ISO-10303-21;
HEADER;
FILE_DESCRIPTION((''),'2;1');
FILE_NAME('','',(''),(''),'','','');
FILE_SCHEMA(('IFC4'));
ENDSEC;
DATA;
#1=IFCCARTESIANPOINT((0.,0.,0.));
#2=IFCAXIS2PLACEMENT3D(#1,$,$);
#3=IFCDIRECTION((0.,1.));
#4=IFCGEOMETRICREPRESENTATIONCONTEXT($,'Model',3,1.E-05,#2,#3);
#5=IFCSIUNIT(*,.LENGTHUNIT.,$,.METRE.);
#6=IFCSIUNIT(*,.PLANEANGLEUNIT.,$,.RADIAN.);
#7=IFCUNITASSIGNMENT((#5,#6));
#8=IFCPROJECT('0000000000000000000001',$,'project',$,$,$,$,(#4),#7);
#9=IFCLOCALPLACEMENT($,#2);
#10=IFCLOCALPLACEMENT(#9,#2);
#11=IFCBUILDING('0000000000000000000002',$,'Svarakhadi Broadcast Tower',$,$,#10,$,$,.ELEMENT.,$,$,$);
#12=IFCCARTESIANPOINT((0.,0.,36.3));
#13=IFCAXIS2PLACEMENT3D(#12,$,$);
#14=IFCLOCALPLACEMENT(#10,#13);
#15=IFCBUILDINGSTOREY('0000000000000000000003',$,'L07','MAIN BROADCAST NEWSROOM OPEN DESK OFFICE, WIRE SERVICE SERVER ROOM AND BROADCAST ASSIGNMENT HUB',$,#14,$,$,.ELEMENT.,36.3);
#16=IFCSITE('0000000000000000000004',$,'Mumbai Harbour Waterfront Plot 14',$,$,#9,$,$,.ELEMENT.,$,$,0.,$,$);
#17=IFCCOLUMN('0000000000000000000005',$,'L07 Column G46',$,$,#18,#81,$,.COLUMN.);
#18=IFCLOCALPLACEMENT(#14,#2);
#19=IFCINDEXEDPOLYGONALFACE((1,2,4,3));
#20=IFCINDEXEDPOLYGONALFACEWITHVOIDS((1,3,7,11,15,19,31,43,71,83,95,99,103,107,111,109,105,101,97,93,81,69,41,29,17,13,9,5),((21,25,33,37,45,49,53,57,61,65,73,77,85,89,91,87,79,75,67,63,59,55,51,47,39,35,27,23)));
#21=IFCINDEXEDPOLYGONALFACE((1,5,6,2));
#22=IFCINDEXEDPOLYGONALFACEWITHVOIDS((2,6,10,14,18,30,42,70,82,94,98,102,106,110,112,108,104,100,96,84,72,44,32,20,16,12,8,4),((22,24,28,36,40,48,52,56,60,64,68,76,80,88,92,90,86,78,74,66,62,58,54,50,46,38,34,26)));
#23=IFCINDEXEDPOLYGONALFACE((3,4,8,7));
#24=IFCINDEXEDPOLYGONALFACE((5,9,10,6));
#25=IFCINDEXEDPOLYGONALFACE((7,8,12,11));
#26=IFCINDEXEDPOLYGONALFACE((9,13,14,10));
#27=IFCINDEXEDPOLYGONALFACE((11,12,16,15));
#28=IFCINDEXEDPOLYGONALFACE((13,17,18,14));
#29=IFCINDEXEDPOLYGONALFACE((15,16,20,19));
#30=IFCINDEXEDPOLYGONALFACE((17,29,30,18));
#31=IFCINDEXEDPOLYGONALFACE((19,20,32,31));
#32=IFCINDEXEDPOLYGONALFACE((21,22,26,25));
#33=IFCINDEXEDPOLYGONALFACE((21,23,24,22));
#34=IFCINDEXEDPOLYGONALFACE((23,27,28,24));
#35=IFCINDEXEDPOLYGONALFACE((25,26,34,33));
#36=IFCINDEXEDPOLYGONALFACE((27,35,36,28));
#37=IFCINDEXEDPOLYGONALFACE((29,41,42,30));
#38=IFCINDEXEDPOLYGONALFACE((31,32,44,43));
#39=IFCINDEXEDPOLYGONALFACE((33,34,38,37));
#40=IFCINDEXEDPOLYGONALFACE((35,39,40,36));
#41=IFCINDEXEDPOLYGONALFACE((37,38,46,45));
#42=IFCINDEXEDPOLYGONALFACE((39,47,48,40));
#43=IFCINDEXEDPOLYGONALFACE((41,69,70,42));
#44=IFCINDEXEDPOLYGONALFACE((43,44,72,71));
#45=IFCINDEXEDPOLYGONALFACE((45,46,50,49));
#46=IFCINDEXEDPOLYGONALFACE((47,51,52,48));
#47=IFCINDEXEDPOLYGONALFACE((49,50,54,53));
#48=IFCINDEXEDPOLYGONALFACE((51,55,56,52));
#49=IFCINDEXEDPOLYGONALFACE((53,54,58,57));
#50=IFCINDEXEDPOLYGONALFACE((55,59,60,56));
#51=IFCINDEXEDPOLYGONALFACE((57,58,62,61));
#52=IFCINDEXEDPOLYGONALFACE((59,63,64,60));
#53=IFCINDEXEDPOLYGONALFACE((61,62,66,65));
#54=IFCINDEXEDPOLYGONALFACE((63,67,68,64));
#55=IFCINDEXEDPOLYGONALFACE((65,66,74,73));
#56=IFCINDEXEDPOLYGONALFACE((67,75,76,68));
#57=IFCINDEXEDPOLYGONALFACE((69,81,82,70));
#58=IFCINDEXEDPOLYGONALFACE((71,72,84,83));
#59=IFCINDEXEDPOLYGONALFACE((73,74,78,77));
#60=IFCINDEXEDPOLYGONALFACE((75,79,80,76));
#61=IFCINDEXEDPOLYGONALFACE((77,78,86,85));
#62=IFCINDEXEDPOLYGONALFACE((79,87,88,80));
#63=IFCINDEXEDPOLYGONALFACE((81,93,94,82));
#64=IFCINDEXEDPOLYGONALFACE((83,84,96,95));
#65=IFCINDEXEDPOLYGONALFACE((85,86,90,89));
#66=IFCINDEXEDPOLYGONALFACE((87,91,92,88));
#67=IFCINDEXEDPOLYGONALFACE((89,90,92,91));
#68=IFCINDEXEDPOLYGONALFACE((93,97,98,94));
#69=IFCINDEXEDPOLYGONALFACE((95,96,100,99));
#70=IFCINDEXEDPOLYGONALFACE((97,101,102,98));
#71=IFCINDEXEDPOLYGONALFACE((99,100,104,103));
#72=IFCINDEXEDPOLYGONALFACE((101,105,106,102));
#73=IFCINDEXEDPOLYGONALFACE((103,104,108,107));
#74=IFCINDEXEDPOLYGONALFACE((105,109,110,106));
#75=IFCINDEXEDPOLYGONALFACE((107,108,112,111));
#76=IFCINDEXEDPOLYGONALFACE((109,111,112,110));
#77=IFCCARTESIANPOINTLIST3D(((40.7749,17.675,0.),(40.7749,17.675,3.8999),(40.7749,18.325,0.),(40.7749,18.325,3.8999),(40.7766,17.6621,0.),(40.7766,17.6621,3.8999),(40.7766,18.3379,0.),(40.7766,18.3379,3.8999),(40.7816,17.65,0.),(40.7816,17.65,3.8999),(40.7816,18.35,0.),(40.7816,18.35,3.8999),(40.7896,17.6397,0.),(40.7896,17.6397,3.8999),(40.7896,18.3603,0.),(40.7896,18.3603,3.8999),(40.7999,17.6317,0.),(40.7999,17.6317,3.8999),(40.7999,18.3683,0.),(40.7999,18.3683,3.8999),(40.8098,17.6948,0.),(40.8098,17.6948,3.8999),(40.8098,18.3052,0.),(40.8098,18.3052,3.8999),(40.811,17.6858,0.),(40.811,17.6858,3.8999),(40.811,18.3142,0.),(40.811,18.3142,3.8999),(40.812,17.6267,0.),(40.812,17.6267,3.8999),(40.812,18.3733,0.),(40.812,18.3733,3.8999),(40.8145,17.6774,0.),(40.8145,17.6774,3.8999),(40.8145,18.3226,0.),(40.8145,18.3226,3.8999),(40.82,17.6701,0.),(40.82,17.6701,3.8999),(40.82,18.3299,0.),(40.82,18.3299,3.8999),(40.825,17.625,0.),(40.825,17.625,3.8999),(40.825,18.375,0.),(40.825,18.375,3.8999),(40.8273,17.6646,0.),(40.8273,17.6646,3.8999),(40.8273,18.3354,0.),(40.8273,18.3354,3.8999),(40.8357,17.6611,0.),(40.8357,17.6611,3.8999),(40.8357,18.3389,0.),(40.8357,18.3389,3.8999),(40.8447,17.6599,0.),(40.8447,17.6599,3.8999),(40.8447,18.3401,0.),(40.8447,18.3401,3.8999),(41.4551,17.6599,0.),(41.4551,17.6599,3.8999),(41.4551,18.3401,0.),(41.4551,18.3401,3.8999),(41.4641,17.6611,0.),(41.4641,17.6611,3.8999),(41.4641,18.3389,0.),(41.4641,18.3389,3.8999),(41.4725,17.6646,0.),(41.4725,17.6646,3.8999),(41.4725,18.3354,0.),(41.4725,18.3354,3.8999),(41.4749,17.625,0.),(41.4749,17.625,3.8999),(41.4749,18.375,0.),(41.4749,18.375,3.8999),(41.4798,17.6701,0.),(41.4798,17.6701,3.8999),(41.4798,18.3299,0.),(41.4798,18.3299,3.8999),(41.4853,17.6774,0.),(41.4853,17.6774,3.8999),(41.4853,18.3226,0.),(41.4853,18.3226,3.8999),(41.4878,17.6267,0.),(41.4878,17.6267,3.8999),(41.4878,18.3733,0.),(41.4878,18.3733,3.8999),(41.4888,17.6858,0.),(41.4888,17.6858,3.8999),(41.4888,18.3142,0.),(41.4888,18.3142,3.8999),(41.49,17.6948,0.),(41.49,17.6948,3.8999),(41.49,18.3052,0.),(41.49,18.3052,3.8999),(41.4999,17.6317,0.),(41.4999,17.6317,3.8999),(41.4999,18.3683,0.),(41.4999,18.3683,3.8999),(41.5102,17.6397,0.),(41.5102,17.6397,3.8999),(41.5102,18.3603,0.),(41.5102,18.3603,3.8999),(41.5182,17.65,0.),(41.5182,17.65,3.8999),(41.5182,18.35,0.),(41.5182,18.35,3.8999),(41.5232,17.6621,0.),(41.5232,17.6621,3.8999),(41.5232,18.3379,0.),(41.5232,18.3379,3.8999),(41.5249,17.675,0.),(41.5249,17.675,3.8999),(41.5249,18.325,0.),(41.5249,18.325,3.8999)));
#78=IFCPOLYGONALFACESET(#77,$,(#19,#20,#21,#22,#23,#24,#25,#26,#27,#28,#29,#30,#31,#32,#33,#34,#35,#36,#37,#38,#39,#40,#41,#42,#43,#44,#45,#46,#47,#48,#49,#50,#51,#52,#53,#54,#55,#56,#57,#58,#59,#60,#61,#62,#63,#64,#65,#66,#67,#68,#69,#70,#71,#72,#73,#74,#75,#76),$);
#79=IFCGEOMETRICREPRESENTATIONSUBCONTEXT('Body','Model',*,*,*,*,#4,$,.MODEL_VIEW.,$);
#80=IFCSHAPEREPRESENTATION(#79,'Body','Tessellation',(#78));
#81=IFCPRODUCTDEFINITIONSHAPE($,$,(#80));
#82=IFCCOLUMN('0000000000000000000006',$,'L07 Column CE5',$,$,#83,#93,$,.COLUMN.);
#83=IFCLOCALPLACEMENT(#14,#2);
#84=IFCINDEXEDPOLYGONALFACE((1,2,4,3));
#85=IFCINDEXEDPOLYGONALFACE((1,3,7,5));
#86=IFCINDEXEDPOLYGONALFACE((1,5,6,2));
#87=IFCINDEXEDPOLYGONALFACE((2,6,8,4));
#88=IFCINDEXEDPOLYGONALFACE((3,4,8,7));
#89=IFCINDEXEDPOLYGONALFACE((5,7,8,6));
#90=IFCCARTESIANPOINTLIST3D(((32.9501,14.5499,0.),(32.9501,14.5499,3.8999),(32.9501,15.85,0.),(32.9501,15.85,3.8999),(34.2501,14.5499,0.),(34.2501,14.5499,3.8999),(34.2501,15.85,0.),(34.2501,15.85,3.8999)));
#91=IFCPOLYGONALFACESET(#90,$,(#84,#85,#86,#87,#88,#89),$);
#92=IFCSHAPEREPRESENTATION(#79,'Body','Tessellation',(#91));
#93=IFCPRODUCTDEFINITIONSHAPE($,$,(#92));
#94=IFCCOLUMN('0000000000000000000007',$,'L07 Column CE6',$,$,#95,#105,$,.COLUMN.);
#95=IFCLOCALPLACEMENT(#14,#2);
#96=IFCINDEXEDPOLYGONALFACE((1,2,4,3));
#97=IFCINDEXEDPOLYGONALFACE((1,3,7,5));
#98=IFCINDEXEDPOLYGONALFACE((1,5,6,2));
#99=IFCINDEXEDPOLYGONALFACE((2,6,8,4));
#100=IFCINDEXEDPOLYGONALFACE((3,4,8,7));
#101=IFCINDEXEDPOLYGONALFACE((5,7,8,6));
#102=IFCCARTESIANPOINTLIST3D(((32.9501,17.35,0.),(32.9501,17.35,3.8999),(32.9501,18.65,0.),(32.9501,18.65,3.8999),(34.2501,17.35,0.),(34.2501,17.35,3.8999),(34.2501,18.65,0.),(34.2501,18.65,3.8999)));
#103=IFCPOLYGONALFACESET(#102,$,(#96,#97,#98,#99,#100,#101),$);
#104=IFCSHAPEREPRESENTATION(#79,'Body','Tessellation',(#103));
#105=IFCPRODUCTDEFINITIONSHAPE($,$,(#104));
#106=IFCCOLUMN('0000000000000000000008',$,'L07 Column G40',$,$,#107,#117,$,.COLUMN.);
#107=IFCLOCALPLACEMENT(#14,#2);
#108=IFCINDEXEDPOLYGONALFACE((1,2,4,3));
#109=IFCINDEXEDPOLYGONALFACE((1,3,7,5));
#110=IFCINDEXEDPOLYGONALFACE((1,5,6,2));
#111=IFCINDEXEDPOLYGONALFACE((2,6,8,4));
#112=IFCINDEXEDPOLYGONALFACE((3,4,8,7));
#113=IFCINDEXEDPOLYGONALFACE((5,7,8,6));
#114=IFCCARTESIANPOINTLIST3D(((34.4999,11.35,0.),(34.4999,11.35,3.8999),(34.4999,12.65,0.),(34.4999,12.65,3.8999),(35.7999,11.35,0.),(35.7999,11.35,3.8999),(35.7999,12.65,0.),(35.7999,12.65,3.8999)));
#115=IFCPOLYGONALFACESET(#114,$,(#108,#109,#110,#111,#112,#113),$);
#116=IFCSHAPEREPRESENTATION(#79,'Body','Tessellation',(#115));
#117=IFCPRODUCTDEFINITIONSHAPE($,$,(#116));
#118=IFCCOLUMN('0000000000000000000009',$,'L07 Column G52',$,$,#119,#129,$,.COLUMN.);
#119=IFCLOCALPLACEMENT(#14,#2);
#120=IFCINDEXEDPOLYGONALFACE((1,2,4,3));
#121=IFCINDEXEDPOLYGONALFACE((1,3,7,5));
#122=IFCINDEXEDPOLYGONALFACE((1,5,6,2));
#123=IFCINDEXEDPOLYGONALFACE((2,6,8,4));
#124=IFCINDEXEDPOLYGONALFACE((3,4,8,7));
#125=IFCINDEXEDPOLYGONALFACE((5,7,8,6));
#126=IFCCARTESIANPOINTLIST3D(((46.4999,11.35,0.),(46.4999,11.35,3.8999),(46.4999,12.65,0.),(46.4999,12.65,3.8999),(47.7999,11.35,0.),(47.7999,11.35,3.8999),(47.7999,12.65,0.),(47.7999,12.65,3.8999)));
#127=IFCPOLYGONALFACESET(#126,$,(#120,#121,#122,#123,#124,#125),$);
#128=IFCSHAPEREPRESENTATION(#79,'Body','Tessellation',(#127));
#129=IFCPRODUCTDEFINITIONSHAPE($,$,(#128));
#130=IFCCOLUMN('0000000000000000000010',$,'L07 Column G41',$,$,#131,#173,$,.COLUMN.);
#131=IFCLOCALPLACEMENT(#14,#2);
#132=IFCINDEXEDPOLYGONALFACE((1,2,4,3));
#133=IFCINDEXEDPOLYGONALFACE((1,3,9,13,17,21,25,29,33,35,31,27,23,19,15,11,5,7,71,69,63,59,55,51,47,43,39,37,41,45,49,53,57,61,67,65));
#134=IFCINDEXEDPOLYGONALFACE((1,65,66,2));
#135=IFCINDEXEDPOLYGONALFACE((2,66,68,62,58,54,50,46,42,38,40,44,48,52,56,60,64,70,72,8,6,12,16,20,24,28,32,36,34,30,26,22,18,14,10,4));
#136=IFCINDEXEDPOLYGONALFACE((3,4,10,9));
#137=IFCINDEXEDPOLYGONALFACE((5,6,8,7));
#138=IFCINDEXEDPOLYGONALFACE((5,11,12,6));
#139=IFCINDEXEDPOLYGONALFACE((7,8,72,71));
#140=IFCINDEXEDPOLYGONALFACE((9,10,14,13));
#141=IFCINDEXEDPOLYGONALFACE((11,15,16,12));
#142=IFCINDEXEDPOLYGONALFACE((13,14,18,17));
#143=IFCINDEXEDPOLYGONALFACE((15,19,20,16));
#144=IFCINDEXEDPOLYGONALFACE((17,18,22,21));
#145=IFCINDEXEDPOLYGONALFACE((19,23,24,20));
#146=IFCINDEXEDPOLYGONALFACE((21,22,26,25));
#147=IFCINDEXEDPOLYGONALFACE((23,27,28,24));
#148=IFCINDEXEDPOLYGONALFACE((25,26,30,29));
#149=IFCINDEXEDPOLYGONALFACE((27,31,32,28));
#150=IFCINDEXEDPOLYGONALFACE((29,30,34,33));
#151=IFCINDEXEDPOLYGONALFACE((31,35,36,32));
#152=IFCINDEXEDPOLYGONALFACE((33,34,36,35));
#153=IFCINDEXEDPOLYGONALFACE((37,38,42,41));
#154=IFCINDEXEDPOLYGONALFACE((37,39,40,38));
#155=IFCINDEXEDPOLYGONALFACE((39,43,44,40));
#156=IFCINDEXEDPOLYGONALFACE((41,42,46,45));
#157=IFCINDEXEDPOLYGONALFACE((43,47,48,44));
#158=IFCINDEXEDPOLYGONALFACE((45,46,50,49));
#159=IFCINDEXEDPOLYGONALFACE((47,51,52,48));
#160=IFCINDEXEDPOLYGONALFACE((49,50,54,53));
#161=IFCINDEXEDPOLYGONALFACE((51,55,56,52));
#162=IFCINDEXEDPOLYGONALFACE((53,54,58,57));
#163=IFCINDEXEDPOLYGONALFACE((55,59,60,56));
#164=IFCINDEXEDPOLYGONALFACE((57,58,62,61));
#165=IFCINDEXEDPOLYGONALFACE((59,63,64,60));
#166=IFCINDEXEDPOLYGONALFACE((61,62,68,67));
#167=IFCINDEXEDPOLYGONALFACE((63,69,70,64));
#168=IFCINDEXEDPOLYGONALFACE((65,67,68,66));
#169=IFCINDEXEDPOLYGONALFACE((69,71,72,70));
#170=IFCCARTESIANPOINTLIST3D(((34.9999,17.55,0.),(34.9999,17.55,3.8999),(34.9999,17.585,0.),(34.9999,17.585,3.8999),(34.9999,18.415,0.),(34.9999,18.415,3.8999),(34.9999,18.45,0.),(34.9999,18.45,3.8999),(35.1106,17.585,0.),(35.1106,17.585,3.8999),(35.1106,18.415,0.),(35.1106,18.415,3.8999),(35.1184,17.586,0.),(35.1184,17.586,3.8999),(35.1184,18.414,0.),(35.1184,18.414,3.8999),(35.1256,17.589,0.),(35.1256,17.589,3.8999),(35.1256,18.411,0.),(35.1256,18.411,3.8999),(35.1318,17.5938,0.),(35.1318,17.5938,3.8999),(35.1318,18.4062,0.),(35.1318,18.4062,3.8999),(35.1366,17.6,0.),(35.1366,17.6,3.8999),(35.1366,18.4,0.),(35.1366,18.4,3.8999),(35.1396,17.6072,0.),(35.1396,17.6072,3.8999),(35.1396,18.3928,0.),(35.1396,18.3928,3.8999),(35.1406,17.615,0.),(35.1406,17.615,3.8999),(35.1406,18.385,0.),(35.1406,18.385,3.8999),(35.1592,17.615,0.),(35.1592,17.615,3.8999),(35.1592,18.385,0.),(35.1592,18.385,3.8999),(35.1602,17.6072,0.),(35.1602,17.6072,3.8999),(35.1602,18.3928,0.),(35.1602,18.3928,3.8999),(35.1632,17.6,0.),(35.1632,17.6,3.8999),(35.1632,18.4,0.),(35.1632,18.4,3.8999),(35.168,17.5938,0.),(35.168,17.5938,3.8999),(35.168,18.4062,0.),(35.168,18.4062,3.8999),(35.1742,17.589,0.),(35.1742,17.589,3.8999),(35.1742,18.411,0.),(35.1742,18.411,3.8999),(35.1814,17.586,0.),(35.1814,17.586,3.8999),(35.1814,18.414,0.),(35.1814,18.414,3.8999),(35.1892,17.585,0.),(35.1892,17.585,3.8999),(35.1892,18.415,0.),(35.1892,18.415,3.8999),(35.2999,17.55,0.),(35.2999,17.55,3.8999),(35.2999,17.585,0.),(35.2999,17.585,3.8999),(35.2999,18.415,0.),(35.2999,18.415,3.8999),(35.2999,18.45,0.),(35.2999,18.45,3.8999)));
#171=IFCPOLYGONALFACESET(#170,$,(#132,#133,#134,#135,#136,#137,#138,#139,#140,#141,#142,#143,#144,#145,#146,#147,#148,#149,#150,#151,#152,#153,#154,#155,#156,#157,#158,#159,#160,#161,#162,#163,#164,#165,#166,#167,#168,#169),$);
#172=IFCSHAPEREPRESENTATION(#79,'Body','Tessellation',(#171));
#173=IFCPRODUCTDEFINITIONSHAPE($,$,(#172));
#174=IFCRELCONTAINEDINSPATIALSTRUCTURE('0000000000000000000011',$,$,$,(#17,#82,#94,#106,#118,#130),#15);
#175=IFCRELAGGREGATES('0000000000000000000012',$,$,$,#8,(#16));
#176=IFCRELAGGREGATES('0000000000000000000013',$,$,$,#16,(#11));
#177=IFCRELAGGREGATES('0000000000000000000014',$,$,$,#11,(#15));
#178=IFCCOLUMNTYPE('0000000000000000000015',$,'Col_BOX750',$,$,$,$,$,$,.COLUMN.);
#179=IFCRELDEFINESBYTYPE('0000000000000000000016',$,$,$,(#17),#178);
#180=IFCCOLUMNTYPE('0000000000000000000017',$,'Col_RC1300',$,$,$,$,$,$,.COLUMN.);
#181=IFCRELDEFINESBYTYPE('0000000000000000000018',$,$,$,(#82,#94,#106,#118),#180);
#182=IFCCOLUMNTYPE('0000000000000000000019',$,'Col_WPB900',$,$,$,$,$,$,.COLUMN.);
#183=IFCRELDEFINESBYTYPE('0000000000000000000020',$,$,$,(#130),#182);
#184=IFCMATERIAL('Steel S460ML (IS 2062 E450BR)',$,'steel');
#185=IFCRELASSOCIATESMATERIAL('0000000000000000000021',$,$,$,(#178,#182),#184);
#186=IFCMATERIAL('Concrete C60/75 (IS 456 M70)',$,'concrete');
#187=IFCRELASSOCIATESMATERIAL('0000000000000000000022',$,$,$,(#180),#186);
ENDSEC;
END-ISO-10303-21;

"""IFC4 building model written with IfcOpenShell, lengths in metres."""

from ifc_helpers import new_model, si_unit, direction, frame, origin, origin_2d, place, context, subcontext, project, spatial, rectangle, hollow_rectangle, i_section, extrude, material, material_profile, profile_set, type_object, element, save


model = new_model("IFC4")

# Units and contexts
model_context = context("Model", 3, precision=1e-05, world=origin(), true_north=direction((0.0, 1.0)))
body_context = subcontext(model_context, "Body", "Model", "MODEL_VIEW")
ifc_project = project(units=[si_unit("LENGTHUNIT", "METRE"), si_unit("PLANEANGLEUNIT", "RADIAN")], contexts=[model_context])

# Site, building, storey
site_placement = place(None, origin())
site = spatial("IfcSite", under=ifc_project, at=site_placement, Name="Mumbai Harbour Waterfront Plot 14", CompositionType="ELEMENT", RefElevation=0.0)
building_placement = place(site_placement, origin())
building = spatial("IfcBuilding", under=site, at=building_placement, Name="Svarakhadi Broadcast Tower", CompositionType="ELEMENT")
storey_placement = place(building_placement, frame((0.0, 0.0, 36.3)))
storey = spatial("IfcBuildingStorey", under=building, at=storey_placement, Name="L07", Description="MAIN BROADCAST NEWSROOM OPEN DESK OFFICE, WIRE SERVICE SERVER ROOM AND BROADCAST ASSIGNMENT HUB", CompositionType="ELEMENT", Elevation=36.3)

# Columns
ifc_material_1 = material(Name="Steel S460ML (IS 2062 E450BR)", Category="steel")
ifc_material_profile_1 = material_profile(ifc_material_1, hollow_rectangle(XDim=0.75, YDim=0.75, WallThickness=0.0349, InnerFilletRadius=0.0349, OuterFilletRadius=0.05, at=origin_2d()), Name="BOX 750x750x35")
ifc_profile_set_1 = profile_set([ifc_material_profile_1], Name="Steel S460ML (IS 2062 E450BR)")
column_type_1 = type_object("IfcColumnType", Name="Col_BOX750", PredefinedType="COLUMN", material=ifc_profile_set_1)
column_placement = place(storey_placement, frame((41.1499, 18.0, 0.0), z_axis=(0.0, 0.0, 1.0), x_axis=(1.0, 0.0, 0.0)))
element("IfcColumn", 1, at=column_placement, inside=storey, type_object=column_type_1, Name="L07 Column G46", PredefinedType="COLUMN", context=body_context, shape_type="SweptSolid", body=[
    extrude(hollow_rectangle(XDim=0.75, YDim=0.75, WallThickness=0.0349, InnerFilletRadius=0.0349, OuterFilletRadius=0.05, at=origin_2d()), origin(), (0.0, 0.0, 1.0), 3.8999),
])
ifc_material_2 = material(Name="Concrete C60/75 (IS 456 M70)", Category="concrete")
ifc_material_profile_2 = material_profile(ifc_material_2, rectangle(XDim=1.3, YDim=1.3, at=origin_2d()), Name="RC 1300x1300")
ifc_profile_set_2 = profile_set([ifc_material_profile_2], Name="Concrete C60/75 (IS 456 M70)")
column_type_2 = type_object("IfcColumnType", Name="Col_RC1300", PredefinedType="COLUMN", material=ifc_profile_set_2)
for number, where, z_axis, x_axis, name in (
    (2, (33.6001, 15.2, 0.0), (0.0, 0.0, 1.0), (1.0, 0.0, 0.0), "L07 Column CE5"),
    (3, (33.6001, 18.0, 0.0), (0.0, 0.0, 1.0), (1.0, 0.0, 0.0), "L07 Column CE6"),
    (4, (35.1499, 12.0, 0.0), (0.0, 0.0, 1.0), (1.0, 0.0, 0.0), "L07 Column G40"),
    (5, (47.1499, 12.0, 0.0), (0.0, 0.0, 1.0), (1.0, 0.0, 0.0), "L07 Column G52"),
):
    element("IfcColumn", number, at=place(storey_placement, frame(where, z_axis=z_axis, x_axis=x_axis)), inside=storey, type_object=column_type_2, Name=name, PredefinedType="COLUMN", context=body_context, shape_type="SweptSolid", body=[
        extrude(rectangle(XDim=1.3, YDim=1.3, at=origin_2d()), origin(), (0.0, 0.0, 1.0), 3.8999),
    ])
ifc_material_profile_3 = material_profile(ifc_material_1, i_section(OverallWidth=0.3, OverallDepth=0.8999, WebThickness=0.0186, FlangeThickness=0.0349, FilletRadius=0.03, at=origin_2d()), Name="WPB 900x300x291")
ifc_profile_set_3 = profile_set([ifc_material_profile_3], Name="Steel S460ML (IS 2062 E450BR)")
column_type_3 = type_object("IfcColumnType", Name="Col_WPB900", PredefinedType="COLUMN", material=ifc_profile_set_3)
for number, where, z_axis, x_axis, name in (
    (6, (35.1499, 18.0, 0.0), (0.0, 0.0, 1.0), (1.0, 0.0, 0.0), "L07 Column G41"),
):
    element("IfcColumn", number, at=place(storey_placement, frame(where, z_axis=z_axis, x_axis=x_axis)), inside=storey, type_object=column_type_3, Name=name, PredefinedType="COLUMN", context=body_context, shape_type="SweptSolid", body=[
        extrude(i_section(OverallWidth=0.3, OverallDepth=0.8999, WebThickness=0.0186, FlangeThickness=0.0349, FilletRadius=0.03, at=origin_2d()), origin(), (0.0, 0.0, 1.0), 3.8999),
    ])

save(model, "model.ifc")
